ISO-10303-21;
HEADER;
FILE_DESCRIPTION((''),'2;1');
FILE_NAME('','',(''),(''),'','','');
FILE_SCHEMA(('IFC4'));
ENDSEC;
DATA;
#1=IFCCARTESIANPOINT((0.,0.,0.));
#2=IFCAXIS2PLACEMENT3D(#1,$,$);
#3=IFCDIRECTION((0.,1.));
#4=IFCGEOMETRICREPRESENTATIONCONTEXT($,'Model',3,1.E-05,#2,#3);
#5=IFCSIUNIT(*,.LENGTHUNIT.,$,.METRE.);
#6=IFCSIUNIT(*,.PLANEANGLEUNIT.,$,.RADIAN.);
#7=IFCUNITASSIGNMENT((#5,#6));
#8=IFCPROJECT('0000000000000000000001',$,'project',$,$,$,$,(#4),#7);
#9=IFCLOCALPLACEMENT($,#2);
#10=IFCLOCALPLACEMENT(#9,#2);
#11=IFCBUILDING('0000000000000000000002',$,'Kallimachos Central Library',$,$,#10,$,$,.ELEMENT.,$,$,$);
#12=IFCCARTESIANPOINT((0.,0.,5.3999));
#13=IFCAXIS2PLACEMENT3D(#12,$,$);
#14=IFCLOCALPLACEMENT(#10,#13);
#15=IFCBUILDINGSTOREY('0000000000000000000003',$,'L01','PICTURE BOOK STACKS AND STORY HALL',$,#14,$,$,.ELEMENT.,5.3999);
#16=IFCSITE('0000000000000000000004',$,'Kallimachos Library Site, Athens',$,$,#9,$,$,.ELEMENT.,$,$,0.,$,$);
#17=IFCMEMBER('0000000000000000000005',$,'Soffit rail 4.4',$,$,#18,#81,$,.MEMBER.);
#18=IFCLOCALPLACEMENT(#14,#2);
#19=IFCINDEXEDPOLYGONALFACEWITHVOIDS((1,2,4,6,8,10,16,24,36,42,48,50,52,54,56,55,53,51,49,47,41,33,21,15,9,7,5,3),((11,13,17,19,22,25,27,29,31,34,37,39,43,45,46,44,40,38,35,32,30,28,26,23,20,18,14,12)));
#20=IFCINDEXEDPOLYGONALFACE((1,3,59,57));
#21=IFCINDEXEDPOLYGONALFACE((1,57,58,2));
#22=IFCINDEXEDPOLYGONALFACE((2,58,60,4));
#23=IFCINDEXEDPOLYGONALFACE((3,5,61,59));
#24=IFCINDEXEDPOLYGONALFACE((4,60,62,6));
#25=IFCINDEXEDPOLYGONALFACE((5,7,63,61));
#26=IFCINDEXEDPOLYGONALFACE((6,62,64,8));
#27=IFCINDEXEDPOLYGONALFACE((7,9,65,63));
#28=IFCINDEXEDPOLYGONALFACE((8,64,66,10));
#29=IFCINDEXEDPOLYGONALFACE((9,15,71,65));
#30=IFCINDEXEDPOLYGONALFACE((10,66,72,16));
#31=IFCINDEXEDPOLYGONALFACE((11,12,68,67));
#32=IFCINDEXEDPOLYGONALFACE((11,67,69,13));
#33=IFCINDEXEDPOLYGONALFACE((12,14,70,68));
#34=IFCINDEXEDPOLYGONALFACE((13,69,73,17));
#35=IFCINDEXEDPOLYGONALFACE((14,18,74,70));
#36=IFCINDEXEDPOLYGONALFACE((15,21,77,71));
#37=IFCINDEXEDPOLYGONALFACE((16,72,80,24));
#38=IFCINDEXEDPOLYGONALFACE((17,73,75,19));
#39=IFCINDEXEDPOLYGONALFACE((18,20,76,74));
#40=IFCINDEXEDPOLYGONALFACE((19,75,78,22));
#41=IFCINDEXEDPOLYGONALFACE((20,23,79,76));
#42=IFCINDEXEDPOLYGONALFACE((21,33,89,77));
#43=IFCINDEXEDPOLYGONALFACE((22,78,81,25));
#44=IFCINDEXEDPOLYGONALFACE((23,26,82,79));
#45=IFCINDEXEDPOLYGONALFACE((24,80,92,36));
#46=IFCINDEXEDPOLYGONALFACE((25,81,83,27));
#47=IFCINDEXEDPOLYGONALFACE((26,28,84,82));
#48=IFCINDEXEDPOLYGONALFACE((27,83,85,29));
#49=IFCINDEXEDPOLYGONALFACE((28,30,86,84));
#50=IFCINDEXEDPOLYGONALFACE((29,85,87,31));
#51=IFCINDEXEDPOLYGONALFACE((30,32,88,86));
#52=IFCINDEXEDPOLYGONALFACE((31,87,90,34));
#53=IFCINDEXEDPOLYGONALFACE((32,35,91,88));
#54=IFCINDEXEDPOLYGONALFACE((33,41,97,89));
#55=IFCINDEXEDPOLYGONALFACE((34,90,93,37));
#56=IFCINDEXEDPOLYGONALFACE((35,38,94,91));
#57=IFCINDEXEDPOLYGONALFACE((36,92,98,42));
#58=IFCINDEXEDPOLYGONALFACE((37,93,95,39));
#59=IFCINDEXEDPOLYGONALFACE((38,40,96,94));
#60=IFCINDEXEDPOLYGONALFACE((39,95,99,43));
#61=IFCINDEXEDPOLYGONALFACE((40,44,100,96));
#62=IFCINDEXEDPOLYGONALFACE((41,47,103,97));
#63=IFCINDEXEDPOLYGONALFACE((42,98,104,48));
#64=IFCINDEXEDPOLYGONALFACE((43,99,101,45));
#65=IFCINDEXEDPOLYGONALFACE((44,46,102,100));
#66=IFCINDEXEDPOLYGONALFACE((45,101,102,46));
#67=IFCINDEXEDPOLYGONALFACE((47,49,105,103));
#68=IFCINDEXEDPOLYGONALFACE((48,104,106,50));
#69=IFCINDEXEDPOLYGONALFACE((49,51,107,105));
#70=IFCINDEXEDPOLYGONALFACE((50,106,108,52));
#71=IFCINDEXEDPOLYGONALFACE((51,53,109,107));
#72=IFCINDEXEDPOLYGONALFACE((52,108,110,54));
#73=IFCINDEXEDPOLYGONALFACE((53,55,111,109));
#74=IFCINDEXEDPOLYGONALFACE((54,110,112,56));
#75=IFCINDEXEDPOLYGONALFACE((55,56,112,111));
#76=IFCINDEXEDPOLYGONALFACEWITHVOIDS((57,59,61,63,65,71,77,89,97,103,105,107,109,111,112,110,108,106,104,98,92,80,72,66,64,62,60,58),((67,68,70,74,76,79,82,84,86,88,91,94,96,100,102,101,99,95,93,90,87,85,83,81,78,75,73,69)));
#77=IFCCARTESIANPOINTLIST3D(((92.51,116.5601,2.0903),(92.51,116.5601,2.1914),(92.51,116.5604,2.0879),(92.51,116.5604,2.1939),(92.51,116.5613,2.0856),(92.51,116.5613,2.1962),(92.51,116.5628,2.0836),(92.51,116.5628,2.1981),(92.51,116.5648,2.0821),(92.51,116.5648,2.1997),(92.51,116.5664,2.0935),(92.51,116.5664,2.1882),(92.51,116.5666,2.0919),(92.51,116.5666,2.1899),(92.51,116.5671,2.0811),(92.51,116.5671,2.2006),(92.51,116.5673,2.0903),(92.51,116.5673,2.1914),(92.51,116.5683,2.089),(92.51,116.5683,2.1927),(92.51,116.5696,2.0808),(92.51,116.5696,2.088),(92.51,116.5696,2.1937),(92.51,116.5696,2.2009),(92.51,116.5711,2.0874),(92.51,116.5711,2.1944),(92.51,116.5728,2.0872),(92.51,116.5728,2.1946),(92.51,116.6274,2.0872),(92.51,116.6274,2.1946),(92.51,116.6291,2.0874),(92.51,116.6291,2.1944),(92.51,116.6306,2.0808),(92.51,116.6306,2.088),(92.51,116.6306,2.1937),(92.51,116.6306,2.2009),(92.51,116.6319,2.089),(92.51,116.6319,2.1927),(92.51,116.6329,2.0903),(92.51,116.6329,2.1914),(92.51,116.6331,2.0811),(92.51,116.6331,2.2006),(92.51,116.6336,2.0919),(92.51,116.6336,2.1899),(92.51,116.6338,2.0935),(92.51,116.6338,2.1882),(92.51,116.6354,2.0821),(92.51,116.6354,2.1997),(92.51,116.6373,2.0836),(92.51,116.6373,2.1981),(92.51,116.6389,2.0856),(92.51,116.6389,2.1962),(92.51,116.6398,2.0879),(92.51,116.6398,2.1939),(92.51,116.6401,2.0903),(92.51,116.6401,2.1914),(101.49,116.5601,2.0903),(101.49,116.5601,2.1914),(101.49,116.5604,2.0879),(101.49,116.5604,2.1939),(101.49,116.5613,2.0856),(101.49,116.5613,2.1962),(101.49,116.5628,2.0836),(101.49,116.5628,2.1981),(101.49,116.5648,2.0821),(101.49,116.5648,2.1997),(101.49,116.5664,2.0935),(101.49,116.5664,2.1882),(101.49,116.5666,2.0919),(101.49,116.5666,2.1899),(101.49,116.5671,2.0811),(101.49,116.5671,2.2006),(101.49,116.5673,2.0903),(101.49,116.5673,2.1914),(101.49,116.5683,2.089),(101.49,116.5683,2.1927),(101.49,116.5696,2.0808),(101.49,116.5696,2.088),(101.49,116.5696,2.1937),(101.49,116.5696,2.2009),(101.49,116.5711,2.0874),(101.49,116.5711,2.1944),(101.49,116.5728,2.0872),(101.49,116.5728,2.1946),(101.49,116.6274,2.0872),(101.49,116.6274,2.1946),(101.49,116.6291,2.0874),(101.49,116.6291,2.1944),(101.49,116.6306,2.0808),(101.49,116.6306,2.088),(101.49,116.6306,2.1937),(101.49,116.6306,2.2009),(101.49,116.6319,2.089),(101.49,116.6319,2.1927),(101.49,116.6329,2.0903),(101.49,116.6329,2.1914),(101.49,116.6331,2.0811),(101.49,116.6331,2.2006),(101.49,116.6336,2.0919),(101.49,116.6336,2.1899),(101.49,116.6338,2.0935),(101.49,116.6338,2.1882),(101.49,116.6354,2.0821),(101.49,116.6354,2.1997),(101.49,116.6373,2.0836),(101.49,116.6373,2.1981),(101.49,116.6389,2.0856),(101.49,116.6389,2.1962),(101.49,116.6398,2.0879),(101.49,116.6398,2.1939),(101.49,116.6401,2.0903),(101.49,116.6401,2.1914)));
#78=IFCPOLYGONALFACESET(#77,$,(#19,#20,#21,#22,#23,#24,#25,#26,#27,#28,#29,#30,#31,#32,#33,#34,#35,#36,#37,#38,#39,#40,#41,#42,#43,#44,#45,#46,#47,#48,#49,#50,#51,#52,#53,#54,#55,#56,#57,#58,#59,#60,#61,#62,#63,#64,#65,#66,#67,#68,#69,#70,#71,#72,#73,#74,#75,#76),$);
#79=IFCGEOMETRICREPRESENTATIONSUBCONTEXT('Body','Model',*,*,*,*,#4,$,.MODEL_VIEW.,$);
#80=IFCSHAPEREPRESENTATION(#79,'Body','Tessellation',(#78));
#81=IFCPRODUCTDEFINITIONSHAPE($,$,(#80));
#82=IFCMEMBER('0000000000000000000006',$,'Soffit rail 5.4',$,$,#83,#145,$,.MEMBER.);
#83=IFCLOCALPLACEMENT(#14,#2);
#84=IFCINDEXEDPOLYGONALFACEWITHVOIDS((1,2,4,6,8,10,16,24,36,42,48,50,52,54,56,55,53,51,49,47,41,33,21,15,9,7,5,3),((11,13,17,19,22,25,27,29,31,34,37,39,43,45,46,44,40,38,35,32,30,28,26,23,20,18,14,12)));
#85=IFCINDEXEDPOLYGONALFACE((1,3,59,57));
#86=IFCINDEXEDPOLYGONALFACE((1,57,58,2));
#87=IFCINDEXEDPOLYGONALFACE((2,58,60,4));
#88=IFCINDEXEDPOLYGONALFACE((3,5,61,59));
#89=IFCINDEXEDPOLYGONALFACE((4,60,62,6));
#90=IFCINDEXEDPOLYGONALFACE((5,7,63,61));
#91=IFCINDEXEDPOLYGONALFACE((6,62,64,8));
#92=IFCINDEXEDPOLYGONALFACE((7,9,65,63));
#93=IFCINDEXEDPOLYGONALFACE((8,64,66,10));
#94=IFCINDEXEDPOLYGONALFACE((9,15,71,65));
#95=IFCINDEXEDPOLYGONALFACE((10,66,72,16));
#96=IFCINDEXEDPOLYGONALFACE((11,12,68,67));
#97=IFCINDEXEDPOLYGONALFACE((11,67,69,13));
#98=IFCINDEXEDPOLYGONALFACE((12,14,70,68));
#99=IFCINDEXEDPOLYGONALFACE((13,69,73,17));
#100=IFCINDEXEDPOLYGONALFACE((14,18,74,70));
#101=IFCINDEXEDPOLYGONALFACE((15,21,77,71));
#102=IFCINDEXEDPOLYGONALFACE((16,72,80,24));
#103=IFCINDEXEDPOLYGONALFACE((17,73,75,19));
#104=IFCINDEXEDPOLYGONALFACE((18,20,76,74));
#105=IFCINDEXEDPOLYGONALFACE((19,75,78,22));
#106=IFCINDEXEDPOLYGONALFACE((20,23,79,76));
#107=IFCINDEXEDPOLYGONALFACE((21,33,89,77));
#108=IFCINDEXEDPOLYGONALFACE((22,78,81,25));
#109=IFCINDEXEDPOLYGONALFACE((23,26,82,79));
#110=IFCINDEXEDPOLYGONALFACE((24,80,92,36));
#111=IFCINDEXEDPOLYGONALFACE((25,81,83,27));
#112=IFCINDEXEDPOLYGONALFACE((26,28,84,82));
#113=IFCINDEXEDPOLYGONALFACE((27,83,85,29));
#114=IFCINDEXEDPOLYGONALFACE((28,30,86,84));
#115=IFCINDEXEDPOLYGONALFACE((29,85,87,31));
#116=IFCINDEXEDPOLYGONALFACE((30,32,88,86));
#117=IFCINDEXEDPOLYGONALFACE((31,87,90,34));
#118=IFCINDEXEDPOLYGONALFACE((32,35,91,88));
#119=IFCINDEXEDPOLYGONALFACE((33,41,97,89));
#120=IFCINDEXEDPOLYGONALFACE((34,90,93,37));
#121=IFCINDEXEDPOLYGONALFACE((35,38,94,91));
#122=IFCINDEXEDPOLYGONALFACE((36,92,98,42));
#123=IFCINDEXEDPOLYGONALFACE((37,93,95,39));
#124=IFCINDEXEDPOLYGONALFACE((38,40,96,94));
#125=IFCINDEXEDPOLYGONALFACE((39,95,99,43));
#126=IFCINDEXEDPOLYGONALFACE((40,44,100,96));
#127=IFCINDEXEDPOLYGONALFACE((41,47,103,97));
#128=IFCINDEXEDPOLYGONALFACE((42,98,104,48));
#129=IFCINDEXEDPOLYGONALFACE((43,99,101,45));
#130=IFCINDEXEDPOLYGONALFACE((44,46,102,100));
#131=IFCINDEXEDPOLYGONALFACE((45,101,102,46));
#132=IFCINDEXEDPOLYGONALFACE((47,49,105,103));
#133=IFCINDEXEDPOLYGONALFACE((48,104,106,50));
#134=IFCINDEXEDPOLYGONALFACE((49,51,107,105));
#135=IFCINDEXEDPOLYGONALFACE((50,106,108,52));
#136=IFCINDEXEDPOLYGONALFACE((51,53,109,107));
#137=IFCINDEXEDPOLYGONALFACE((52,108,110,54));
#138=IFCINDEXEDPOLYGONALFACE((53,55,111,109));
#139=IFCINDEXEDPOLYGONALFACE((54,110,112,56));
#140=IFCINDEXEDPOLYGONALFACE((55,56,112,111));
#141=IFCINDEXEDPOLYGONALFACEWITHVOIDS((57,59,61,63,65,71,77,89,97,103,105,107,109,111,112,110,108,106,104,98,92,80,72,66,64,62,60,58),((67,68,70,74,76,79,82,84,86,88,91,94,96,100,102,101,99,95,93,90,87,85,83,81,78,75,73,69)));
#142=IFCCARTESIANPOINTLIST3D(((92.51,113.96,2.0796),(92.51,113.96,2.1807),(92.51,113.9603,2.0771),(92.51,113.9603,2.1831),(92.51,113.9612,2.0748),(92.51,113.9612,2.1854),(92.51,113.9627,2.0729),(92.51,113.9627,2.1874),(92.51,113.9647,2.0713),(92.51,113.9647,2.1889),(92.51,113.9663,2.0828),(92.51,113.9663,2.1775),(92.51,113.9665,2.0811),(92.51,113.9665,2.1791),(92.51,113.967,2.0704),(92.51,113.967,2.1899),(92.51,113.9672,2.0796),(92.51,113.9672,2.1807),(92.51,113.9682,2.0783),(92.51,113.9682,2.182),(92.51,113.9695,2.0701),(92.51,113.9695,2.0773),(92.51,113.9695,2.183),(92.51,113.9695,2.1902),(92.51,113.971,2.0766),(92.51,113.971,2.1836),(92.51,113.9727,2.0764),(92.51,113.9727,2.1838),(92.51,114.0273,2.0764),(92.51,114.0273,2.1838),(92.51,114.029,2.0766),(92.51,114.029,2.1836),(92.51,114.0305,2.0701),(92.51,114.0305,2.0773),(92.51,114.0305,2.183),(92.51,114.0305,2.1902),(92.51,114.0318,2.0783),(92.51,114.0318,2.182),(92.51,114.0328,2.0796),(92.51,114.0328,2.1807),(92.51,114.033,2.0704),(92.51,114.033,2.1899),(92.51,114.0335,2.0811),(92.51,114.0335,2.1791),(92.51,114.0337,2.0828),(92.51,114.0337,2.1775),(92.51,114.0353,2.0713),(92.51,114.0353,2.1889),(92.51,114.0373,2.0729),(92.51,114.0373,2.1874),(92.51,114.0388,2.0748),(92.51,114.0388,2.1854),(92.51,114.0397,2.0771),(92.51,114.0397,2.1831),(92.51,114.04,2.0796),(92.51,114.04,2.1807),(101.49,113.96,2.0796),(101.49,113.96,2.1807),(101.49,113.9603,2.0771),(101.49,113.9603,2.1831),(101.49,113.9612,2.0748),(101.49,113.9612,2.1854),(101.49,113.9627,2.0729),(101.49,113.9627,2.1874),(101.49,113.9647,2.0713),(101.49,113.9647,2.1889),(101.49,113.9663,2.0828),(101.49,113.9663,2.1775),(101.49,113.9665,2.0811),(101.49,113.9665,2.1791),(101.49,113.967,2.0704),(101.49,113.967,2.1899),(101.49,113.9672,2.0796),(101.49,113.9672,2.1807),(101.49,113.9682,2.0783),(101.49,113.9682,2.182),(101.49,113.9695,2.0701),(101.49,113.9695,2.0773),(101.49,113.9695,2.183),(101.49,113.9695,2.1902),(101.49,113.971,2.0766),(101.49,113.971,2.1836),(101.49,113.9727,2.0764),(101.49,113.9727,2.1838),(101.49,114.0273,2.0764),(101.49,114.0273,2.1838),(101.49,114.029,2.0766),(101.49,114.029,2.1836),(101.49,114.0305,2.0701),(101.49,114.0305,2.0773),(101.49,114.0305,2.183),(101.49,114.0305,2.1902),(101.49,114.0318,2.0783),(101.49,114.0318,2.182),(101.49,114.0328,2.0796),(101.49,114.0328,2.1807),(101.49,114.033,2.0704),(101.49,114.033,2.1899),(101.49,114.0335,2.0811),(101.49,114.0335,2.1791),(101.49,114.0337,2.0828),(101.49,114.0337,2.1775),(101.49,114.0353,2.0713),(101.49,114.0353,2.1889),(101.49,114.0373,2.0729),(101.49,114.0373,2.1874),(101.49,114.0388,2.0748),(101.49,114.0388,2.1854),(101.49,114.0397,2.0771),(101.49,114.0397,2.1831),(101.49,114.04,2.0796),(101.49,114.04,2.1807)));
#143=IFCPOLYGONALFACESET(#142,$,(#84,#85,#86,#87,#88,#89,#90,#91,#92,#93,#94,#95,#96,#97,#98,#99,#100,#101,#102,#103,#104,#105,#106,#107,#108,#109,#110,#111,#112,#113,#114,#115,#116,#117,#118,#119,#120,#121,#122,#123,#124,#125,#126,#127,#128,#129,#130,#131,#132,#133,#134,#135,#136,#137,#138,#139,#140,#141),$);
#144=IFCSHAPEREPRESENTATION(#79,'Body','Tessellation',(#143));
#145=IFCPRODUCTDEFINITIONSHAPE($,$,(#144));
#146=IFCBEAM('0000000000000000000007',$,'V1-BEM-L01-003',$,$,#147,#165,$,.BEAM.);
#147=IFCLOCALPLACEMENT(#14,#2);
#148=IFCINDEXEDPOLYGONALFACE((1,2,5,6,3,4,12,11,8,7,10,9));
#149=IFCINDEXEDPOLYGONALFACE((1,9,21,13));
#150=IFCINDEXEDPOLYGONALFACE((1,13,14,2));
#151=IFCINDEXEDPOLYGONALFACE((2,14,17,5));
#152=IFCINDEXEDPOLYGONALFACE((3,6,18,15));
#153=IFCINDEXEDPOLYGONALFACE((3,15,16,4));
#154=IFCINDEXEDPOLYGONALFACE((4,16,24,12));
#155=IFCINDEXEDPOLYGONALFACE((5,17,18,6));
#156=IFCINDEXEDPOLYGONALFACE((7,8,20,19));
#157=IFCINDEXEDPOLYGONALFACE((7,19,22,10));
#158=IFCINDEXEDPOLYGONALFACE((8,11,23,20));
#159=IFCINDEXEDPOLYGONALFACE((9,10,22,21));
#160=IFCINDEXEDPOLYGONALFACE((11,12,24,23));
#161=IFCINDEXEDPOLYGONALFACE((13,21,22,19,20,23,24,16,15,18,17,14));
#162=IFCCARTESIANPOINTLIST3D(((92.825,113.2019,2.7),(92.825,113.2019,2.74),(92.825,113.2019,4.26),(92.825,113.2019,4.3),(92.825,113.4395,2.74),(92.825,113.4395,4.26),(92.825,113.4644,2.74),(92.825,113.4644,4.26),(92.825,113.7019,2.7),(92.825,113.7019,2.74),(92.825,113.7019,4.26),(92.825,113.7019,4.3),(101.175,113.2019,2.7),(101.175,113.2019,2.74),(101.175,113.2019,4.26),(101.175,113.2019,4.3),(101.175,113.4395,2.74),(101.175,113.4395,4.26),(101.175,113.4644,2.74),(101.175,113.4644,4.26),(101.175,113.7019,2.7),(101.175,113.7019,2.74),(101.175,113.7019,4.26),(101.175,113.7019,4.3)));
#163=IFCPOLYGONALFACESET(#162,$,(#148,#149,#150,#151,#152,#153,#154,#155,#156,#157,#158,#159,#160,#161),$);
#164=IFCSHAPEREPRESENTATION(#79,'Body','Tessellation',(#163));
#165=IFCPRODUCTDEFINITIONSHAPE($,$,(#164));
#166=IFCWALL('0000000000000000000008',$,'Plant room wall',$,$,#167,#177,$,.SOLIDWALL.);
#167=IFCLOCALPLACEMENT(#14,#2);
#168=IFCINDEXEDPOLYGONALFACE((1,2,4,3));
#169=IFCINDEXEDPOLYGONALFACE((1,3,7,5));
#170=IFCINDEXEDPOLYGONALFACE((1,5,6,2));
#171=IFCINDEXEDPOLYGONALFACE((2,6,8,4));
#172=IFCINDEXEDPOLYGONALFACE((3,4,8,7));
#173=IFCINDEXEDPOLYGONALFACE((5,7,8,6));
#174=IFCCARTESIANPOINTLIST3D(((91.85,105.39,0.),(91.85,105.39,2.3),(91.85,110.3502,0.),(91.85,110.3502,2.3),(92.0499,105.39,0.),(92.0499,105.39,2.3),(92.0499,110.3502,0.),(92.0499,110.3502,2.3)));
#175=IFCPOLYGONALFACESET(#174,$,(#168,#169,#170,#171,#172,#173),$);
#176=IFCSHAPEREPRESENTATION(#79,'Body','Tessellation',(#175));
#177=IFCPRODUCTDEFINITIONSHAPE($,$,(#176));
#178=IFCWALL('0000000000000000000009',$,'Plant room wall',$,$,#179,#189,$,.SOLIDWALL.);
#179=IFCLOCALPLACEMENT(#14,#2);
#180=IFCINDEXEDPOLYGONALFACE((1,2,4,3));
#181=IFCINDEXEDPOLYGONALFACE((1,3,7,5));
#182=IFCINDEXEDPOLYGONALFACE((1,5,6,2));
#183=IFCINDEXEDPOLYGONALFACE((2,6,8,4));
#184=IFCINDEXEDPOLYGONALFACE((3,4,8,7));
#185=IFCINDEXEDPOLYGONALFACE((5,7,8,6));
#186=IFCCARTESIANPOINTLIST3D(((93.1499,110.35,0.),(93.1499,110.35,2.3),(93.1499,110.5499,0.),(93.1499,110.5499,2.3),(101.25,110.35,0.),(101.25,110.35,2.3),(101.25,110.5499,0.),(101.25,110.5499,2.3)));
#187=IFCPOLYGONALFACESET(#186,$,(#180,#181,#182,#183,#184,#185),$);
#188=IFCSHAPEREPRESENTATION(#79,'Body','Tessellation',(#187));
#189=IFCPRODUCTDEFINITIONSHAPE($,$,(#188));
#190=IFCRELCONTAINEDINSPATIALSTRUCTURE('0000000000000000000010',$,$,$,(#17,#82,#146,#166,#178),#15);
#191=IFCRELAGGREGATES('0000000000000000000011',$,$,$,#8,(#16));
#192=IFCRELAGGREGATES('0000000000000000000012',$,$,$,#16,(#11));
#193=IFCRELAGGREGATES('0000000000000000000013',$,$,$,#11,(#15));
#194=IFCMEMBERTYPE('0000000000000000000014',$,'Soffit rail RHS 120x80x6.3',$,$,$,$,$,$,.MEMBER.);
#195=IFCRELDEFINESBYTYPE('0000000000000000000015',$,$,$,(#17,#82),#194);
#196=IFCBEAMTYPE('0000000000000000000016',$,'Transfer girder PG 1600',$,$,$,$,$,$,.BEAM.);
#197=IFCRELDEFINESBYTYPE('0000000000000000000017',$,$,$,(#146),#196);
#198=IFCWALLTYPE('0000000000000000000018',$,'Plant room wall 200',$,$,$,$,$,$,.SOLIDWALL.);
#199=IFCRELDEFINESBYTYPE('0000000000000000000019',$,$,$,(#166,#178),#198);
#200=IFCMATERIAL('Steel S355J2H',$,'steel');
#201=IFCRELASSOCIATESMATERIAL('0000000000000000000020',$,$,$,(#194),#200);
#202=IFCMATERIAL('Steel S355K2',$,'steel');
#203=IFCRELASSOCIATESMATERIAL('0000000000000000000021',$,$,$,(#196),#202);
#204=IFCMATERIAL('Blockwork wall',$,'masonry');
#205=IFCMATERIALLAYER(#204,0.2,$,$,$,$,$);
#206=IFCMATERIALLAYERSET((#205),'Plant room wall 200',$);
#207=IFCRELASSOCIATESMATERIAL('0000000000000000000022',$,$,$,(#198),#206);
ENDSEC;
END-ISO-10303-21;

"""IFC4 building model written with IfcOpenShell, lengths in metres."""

from ifc_helpers import new_model, si_unit, direction, frame, frame_2d, origin, origin_2d, place, context, subcontext, project, spatial, rectangle, hollow_rectangle, i_section, extrude, material, layer, layer_set, material_profile, profile_set, type_object, element, save


model = new_model("IFC4")

# Units and contexts
model_context = context("Model", 3, precision=1e-05, world=origin(), true_north=direction((0.0, 1.0)))
body_context = subcontext(model_context, "Body", "Model", "MODEL_VIEW")
ifc_project = project(units=[si_unit("LENGTHUNIT", "METRE"), si_unit("PLANEANGLEUNIT", "RADIAN")], contexts=[model_context])

# Site, building, storey
site_placement = place(None, origin())
site = spatial("IfcSite", under=ifc_project, at=site_placement, Name="Kallimachos Library Site, Athens", CompositionType="ELEMENT", RefElevation=0.0)
building_placement = place(site_placement, origin())
building = spatial("IfcBuilding", under=site, at=building_placement, Name="Kallimachos Central Library", CompositionType="ELEMENT")
storey_placement = place(building_placement, frame((0.0, 0.0, 5.3999)))
storey = spatial("IfcBuildingStorey", under=building, at=storey_placement, Name="L01", Description="PICTURE BOOK STACKS AND STORY HALL", CompositionType="ELEMENT", Elevation=5.3999)

# Members
ifc_material_1 = material(Name="Steel S355J2H", Category="steel")
ifc_material_profile_1 = material_profile(ifc_material_1, hollow_rectangle(XDim=0.0801, YDim=0.1201, WallThickness=0.0063, InnerFilletRadius=0.0063, OuterFilletRadius=0.0095, at=origin_2d()), Name="RHS 120x80x6.3")
ifc_profile_set_1 = profile_set([ifc_material_profile_1], Name="Steel S355J2H")
member_type_1 = type_object("IfcMemberType", Name="Soffit rail RHS 120x80x6.3", PredefinedType="MEMBER", material=ifc_profile_set_1)
for number, where, z_axis, x_axis, name in (
    (1, (92.51, 116.6001, 2.1409), (1.0, 0.0, 0.0), (0.0, 1.0, 0.0), "Soffit rail 4.4"),
    (2, (92.51, 114.0, 2.1301), (1.0, 0.0, 0.0), (0.0, 1.0, 0.0), "Soffit rail 5.4"),
):
    element("IfcMember", number, at=place(storey_placement, frame(where, z_axis=z_axis, x_axis=x_axis)), inside=storey, type_object=member_type_1, Name=name, PredefinedType="MEMBER", context=body_context, shape_type="SweptSolid", body=[
        extrude(hollow_rectangle(XDim=0.0801, YDim=0.1201, WallThickness=0.0063, InnerFilletRadius=0.0063, OuterFilletRadius=0.0095, at=origin_2d()), origin(), (0.0, 0.0, 1.0), 8.98),
    ])

# Beam
ifc_material_2 = material(Name="Steel S355K2", Category="steel")
ifc_material_profile_2 = material_profile(ifc_material_2, i_section(OverallWidth=0.5, OverallDepth=1.6001, WebThickness=0.0249, FlangeThickness=0.04, at=origin_2d()), Name="PG 1600x500-25/40")
ifc_profile_set_2 = profile_set([ifc_material_profile_2], Name="Steel S355K2")
beam_type_1 = type_object("IfcBeamType", Name="Transfer girder PG 1600", PredefinedType="BEAM", material=ifc_profile_set_2)
beam_1_placement = place(storey_placement, frame((92.825, 113.4519, 3.5), z_axis=(1.0, 0.0, 0.0), x_axis=(0.0, 1.0, 0.0)))
element("IfcBeam", 3, at=beam_1_placement, inside=storey, type_object=beam_type_1, Name="V1-BEM-L01-003", PredefinedType="BEAM", context=body_context, shape_type="SweptSolid", body=[
    extrude(i_section(OverallWidth=0.5, OverallDepth=1.6001, WebThickness=0.0249, FlangeThickness=0.04, at=origin_2d()), origin(), (0.0, 0.0, 1.0), 8.3501),
])

# Walls
ifc_material_3 = material(Name="Blockwork wall", Category="masonry")
ifc_layer_1 = layer(ifc_material_3, 0.2)
ifc_layer_set_1 = layer_set([ifc_layer_1], Name="Plant room wall 200")
wall_type_1 = type_object("IfcWallType", Name="Plant room wall 200", PredefinedType="SOLIDWALL", material=ifc_layer_set_1)
wall_1_placement = place(storey_placement, frame((91.95, 110.3501, 0.0), z_axis=(0.0, 0.0, 1.0), x_axis=(0.0, -1.0, 0.0)))
element("IfcWall", 4, at=wall_1_placement, inside=storey, type_object=wall_type_1, Name="Plant room wall", PredefinedType="SOLIDWALL", context=body_context, shape_type="SweptSolid", body=[
    extrude(rectangle(XDim=4.9602, YDim=0.2, at=frame_2d((2.48, 0.0))), origin(), (0.0, 0.0, 1.0), 2.3),
])
wall_2_placement = place(storey_placement, frame((93.1499, 110.45, 0.0), z_axis=(0.0, 0.0, 1.0), x_axis=(1.0, 0.0, 0.0)))
element("IfcWall", 5, at=wall_2_placement, inside=storey, type_object=wall_type_1, Name="Plant room wall", PredefinedType="SOLIDWALL", context=body_context, shape_type="SweptSolid", body=[
    extrude(rectangle(XDim=8.1001, YDim=0.2, at=frame_2d((4.05, 0.0))), origin(), (0.0, 0.0, 1.0), 2.3),
])

save(model, "model.ifc")
